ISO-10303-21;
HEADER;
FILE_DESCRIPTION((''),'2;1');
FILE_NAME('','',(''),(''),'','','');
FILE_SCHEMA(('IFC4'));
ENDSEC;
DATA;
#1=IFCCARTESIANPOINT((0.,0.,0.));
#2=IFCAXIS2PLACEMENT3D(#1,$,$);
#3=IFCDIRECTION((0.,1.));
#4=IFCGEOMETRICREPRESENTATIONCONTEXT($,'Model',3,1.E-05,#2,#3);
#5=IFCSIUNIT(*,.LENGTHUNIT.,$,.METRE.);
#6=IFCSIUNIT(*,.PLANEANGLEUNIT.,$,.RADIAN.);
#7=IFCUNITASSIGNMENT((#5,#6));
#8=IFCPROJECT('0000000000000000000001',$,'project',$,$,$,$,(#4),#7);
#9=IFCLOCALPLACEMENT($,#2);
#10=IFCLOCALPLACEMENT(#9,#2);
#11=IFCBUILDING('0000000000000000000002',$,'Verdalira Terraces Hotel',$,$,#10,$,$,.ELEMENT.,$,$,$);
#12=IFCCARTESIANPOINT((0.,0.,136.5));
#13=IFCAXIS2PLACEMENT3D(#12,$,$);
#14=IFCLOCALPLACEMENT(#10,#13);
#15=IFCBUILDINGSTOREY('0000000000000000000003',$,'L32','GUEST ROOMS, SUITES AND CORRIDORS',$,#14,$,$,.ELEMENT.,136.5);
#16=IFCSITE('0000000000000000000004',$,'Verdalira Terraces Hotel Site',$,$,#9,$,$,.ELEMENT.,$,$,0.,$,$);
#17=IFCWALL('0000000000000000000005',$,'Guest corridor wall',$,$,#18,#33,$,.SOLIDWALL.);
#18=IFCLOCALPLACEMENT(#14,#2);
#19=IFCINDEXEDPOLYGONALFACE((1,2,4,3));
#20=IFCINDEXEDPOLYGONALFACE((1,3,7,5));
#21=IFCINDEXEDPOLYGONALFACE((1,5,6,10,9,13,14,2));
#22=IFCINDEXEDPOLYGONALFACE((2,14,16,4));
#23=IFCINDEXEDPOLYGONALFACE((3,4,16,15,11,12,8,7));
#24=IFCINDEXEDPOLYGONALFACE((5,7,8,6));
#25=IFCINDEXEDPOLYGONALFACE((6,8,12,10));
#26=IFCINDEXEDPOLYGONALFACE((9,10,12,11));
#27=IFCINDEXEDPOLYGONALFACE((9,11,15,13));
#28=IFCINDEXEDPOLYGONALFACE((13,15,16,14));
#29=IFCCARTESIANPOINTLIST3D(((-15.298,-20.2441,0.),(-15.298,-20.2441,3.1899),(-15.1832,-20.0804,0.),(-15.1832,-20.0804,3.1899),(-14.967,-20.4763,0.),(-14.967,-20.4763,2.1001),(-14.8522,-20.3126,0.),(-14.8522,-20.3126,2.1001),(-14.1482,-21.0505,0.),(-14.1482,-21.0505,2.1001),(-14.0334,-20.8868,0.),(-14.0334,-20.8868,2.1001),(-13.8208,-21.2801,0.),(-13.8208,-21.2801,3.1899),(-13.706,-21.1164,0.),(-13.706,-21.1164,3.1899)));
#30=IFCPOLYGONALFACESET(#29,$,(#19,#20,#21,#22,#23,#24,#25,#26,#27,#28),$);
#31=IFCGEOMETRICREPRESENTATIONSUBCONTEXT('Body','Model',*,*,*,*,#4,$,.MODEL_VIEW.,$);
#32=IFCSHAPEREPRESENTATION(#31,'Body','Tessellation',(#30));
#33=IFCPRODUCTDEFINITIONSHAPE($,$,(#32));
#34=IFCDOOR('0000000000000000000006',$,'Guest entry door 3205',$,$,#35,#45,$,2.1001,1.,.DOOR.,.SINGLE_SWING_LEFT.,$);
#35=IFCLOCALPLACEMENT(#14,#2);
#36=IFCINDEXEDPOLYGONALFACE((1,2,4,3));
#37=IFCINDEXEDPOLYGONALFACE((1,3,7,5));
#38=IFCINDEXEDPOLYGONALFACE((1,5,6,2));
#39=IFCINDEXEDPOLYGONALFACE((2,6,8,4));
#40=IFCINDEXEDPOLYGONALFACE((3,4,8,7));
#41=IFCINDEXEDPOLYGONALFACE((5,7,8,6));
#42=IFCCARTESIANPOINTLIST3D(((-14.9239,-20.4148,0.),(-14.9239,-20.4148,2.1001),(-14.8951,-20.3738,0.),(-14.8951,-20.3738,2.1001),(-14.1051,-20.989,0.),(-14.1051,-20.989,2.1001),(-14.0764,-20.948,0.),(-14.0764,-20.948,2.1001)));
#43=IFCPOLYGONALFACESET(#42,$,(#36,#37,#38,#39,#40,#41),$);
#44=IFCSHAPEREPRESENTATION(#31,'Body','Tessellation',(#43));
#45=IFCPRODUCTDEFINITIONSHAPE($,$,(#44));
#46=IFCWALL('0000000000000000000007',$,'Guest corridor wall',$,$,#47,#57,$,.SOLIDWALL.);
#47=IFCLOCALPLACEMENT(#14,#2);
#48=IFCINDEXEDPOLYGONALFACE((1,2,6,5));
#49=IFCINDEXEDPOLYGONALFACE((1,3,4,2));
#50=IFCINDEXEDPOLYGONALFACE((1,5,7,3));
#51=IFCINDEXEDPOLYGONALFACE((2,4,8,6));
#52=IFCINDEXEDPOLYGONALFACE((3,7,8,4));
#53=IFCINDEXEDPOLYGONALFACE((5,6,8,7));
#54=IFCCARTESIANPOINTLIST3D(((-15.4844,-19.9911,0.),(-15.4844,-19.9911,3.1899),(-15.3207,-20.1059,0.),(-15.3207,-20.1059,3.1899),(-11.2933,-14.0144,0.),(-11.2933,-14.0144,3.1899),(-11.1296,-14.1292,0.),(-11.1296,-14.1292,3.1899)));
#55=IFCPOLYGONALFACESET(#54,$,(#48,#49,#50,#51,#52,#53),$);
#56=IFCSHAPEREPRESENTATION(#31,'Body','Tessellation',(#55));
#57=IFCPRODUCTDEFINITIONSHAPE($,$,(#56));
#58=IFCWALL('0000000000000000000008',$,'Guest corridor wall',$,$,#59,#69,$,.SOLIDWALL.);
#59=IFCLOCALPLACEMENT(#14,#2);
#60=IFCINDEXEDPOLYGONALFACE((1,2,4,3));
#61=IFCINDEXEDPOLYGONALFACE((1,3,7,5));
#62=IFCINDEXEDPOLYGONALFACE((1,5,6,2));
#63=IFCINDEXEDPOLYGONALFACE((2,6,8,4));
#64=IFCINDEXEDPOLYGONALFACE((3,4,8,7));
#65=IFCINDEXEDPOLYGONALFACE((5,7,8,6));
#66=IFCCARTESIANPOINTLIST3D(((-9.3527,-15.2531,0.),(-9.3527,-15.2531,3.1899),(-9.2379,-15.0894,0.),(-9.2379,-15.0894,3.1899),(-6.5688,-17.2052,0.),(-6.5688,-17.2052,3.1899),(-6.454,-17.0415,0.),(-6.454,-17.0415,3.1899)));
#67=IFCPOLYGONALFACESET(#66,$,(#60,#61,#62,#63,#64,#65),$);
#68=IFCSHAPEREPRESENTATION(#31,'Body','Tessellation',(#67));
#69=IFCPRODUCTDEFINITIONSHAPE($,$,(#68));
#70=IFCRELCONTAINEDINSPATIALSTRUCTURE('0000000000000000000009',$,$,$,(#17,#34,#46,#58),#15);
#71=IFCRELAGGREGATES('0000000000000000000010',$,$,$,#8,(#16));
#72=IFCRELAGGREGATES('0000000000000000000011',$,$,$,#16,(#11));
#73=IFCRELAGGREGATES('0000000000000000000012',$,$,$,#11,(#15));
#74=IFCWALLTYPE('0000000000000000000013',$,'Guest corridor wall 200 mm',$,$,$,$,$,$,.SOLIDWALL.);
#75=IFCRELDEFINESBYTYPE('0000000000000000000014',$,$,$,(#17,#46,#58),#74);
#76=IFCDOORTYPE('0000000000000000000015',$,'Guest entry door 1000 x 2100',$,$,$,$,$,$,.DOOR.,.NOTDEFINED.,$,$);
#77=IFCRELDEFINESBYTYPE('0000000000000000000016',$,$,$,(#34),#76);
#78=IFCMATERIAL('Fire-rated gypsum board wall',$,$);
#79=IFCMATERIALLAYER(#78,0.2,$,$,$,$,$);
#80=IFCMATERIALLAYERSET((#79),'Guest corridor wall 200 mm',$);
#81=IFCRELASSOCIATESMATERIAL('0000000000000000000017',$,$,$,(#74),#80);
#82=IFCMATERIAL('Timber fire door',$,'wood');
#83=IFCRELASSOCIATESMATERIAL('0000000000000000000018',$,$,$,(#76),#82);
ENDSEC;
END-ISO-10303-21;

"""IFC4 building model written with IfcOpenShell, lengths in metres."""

from ifc_helpers import new_model, si_unit, direction, frame, frame_2d, origin, place, context, subcontext, project, spatial, rectangle, extrude, material, layer, layer_set, type_object, element, fill, save


model = new_model("IFC4")

# Units and contexts
model_context = context("Model", 3, precision=1e-05, world=origin(), true_north=direction((0.0, 1.0)))
body_context = subcontext(model_context, "Body", "Model", "MODEL_VIEW")
ifc_project = project(units=[si_unit("LENGTHUNIT", "METRE"), si_unit("PLANEANGLEUNIT", "RADIAN")], contexts=[model_context])

# Site, building, storey
site_placement = place(None, origin())
site = spatial("IfcSite", under=ifc_project, at=site_placement, Name="Verdalira Terraces Hotel Site", CompositionType="ELEMENT", RefElevation=0.0)
building_placement = place(site_placement, origin())
building = spatial("IfcBuilding", under=site, at=building_placement, Name="Verdalira Terraces Hotel", CompositionType="ELEMENT")
storey_placement = place(building_placement, frame((0.0, 0.0, 136.5)))
storey = spatial("IfcBuildingStorey", under=building, at=storey_placement, Name="L32", Description="GUEST ROOMS, SUITES AND CORRIDORS", CompositionType="ELEMENT", Elevation=136.5)

# Wall, opening, door
ifc_material_1 = material(Name="Fire-rated gypsum board wall")
ifc_layer_1 = layer(ifc_material_1, 0.2)
ifc_layer_set_1 = layer_set([ifc_layer_1], Name="Guest corridor wall 200 mm")
wall_type_1 = type_object("IfcWallType", Name="Guest corridor wall 200 mm", PredefinedType="SOLIDWALL", material=ifc_layer_set_1)
wall_1_placement = place(storey_placement, frame((-13.7634, -21.1982, 0.0), z_axis=(0.0, 0.0, 1.0), x_axis=(-0.818723, 0.574189, 0.0)))
wall_1 = element("IfcWall", 1, at=wall_1_placement, inside=storey, type_object=wall_type_1, Name="Guest corridor wall", PredefinedType="SOLIDWALL", context=body_context, shape_type="SweptSolid", body=[
    extrude(rectangle(XDim=1.8042, YDim=0.2, at=frame_2d((0.9021, 0.0))), origin(), (0.0, 0.0, 1.0), 3.1899),
])
opening_1_placement = place(wall_1_placement, frame((0.3999, 0.0, 0.0)))
opening_1 = element("IfcOpeningElement", 2, at=opening_1_placement, cuts=wall_1, PredefinedType="OPENING", context=body_context, shape_type="SweptSolid", body=[
    extrude(rectangle(XDim=1.0, YDim=2.1001, at=frame_2d((0.5, 1.05))), frame((0.0, 0.1099, 0.0), z_axis=(0.0, -1.0, 0.0), x_axis=(1.0, 0.0, 0.0)), (0.0, 0.0, 1.0), 0.22),
])
ifc_material_2 = material(Name="Timber fire door", Category="wood")
door_type_1 = type_object("IfcDoorType", Name="Guest entry door 1000 x 2100", OperationType="NOTDEFINED", PredefinedType="DOOR", material=ifc_material_2)
door_1_placement = place(opening_1_placement, origin())
door_1 = element("IfcDoor", 3, at=door_1_placement, inside=storey, type_object=door_type_1, Name="Guest entry door 3205", OperationType="SINGLE_SWING_LEFT", OverallHeight=2.1001, OverallWidth=1.0, PredefinedType="DOOR", context=body_context, shape_type="SweptSolid", body=[
    extrude(rectangle(XDim=1.0, YDim=2.1001, at=frame_2d((0.5, 1.05))), frame((0.0, 0.0249, 0.0), z_axis=(0.0, -1.0, 0.0), x_axis=(1.0, 0.0, 0.0)), (0.0, 0.0, 1.0), 0.05),
])
fill(opening_1, door_1)

# Walls
wall_2_placement = place(storey_placement, frame((-11.2114, -14.0718, 0.0), z_axis=(0.0, 0.0, 1.0), x_axis=(-0.574142, -0.818756, 0.0)))
element("IfcWall", 4, at=wall_2_placement, inside=storey, type_object=wall_type_1, Name="Guest corridor wall", PredefinedType="SOLIDWALL", context=body_context, shape_type="SweptSolid", body=[
    extrude(rectangle(XDim=7.2998, YDim=0.2, at=frame_2d((3.6499, 0.0))), origin(), (0.0, 0.0, 1.0), 3.1899),
])
wall_3_placement = place(storey_placement, frame((-9.2954, -15.1711, 0.0), z_axis=(0.0, 0.0, 1.0), x_axis=(0.818763, -0.574132, 0.0)))
element("IfcWall", 5, at=wall_3_placement, inside=storey, type_object=wall_type_1, Name="Guest corridor wall", PredefinedType="SOLIDWALL", context=body_context, shape_type="SweptSolid", body=[
    extrude(rectangle(XDim=3.4001, YDim=0.2, at=frame_2d((1.7002, 0.0))), origin(), (0.0, 0.0, 1.0), 3.1899),
])

save(model, "model.ifc")
